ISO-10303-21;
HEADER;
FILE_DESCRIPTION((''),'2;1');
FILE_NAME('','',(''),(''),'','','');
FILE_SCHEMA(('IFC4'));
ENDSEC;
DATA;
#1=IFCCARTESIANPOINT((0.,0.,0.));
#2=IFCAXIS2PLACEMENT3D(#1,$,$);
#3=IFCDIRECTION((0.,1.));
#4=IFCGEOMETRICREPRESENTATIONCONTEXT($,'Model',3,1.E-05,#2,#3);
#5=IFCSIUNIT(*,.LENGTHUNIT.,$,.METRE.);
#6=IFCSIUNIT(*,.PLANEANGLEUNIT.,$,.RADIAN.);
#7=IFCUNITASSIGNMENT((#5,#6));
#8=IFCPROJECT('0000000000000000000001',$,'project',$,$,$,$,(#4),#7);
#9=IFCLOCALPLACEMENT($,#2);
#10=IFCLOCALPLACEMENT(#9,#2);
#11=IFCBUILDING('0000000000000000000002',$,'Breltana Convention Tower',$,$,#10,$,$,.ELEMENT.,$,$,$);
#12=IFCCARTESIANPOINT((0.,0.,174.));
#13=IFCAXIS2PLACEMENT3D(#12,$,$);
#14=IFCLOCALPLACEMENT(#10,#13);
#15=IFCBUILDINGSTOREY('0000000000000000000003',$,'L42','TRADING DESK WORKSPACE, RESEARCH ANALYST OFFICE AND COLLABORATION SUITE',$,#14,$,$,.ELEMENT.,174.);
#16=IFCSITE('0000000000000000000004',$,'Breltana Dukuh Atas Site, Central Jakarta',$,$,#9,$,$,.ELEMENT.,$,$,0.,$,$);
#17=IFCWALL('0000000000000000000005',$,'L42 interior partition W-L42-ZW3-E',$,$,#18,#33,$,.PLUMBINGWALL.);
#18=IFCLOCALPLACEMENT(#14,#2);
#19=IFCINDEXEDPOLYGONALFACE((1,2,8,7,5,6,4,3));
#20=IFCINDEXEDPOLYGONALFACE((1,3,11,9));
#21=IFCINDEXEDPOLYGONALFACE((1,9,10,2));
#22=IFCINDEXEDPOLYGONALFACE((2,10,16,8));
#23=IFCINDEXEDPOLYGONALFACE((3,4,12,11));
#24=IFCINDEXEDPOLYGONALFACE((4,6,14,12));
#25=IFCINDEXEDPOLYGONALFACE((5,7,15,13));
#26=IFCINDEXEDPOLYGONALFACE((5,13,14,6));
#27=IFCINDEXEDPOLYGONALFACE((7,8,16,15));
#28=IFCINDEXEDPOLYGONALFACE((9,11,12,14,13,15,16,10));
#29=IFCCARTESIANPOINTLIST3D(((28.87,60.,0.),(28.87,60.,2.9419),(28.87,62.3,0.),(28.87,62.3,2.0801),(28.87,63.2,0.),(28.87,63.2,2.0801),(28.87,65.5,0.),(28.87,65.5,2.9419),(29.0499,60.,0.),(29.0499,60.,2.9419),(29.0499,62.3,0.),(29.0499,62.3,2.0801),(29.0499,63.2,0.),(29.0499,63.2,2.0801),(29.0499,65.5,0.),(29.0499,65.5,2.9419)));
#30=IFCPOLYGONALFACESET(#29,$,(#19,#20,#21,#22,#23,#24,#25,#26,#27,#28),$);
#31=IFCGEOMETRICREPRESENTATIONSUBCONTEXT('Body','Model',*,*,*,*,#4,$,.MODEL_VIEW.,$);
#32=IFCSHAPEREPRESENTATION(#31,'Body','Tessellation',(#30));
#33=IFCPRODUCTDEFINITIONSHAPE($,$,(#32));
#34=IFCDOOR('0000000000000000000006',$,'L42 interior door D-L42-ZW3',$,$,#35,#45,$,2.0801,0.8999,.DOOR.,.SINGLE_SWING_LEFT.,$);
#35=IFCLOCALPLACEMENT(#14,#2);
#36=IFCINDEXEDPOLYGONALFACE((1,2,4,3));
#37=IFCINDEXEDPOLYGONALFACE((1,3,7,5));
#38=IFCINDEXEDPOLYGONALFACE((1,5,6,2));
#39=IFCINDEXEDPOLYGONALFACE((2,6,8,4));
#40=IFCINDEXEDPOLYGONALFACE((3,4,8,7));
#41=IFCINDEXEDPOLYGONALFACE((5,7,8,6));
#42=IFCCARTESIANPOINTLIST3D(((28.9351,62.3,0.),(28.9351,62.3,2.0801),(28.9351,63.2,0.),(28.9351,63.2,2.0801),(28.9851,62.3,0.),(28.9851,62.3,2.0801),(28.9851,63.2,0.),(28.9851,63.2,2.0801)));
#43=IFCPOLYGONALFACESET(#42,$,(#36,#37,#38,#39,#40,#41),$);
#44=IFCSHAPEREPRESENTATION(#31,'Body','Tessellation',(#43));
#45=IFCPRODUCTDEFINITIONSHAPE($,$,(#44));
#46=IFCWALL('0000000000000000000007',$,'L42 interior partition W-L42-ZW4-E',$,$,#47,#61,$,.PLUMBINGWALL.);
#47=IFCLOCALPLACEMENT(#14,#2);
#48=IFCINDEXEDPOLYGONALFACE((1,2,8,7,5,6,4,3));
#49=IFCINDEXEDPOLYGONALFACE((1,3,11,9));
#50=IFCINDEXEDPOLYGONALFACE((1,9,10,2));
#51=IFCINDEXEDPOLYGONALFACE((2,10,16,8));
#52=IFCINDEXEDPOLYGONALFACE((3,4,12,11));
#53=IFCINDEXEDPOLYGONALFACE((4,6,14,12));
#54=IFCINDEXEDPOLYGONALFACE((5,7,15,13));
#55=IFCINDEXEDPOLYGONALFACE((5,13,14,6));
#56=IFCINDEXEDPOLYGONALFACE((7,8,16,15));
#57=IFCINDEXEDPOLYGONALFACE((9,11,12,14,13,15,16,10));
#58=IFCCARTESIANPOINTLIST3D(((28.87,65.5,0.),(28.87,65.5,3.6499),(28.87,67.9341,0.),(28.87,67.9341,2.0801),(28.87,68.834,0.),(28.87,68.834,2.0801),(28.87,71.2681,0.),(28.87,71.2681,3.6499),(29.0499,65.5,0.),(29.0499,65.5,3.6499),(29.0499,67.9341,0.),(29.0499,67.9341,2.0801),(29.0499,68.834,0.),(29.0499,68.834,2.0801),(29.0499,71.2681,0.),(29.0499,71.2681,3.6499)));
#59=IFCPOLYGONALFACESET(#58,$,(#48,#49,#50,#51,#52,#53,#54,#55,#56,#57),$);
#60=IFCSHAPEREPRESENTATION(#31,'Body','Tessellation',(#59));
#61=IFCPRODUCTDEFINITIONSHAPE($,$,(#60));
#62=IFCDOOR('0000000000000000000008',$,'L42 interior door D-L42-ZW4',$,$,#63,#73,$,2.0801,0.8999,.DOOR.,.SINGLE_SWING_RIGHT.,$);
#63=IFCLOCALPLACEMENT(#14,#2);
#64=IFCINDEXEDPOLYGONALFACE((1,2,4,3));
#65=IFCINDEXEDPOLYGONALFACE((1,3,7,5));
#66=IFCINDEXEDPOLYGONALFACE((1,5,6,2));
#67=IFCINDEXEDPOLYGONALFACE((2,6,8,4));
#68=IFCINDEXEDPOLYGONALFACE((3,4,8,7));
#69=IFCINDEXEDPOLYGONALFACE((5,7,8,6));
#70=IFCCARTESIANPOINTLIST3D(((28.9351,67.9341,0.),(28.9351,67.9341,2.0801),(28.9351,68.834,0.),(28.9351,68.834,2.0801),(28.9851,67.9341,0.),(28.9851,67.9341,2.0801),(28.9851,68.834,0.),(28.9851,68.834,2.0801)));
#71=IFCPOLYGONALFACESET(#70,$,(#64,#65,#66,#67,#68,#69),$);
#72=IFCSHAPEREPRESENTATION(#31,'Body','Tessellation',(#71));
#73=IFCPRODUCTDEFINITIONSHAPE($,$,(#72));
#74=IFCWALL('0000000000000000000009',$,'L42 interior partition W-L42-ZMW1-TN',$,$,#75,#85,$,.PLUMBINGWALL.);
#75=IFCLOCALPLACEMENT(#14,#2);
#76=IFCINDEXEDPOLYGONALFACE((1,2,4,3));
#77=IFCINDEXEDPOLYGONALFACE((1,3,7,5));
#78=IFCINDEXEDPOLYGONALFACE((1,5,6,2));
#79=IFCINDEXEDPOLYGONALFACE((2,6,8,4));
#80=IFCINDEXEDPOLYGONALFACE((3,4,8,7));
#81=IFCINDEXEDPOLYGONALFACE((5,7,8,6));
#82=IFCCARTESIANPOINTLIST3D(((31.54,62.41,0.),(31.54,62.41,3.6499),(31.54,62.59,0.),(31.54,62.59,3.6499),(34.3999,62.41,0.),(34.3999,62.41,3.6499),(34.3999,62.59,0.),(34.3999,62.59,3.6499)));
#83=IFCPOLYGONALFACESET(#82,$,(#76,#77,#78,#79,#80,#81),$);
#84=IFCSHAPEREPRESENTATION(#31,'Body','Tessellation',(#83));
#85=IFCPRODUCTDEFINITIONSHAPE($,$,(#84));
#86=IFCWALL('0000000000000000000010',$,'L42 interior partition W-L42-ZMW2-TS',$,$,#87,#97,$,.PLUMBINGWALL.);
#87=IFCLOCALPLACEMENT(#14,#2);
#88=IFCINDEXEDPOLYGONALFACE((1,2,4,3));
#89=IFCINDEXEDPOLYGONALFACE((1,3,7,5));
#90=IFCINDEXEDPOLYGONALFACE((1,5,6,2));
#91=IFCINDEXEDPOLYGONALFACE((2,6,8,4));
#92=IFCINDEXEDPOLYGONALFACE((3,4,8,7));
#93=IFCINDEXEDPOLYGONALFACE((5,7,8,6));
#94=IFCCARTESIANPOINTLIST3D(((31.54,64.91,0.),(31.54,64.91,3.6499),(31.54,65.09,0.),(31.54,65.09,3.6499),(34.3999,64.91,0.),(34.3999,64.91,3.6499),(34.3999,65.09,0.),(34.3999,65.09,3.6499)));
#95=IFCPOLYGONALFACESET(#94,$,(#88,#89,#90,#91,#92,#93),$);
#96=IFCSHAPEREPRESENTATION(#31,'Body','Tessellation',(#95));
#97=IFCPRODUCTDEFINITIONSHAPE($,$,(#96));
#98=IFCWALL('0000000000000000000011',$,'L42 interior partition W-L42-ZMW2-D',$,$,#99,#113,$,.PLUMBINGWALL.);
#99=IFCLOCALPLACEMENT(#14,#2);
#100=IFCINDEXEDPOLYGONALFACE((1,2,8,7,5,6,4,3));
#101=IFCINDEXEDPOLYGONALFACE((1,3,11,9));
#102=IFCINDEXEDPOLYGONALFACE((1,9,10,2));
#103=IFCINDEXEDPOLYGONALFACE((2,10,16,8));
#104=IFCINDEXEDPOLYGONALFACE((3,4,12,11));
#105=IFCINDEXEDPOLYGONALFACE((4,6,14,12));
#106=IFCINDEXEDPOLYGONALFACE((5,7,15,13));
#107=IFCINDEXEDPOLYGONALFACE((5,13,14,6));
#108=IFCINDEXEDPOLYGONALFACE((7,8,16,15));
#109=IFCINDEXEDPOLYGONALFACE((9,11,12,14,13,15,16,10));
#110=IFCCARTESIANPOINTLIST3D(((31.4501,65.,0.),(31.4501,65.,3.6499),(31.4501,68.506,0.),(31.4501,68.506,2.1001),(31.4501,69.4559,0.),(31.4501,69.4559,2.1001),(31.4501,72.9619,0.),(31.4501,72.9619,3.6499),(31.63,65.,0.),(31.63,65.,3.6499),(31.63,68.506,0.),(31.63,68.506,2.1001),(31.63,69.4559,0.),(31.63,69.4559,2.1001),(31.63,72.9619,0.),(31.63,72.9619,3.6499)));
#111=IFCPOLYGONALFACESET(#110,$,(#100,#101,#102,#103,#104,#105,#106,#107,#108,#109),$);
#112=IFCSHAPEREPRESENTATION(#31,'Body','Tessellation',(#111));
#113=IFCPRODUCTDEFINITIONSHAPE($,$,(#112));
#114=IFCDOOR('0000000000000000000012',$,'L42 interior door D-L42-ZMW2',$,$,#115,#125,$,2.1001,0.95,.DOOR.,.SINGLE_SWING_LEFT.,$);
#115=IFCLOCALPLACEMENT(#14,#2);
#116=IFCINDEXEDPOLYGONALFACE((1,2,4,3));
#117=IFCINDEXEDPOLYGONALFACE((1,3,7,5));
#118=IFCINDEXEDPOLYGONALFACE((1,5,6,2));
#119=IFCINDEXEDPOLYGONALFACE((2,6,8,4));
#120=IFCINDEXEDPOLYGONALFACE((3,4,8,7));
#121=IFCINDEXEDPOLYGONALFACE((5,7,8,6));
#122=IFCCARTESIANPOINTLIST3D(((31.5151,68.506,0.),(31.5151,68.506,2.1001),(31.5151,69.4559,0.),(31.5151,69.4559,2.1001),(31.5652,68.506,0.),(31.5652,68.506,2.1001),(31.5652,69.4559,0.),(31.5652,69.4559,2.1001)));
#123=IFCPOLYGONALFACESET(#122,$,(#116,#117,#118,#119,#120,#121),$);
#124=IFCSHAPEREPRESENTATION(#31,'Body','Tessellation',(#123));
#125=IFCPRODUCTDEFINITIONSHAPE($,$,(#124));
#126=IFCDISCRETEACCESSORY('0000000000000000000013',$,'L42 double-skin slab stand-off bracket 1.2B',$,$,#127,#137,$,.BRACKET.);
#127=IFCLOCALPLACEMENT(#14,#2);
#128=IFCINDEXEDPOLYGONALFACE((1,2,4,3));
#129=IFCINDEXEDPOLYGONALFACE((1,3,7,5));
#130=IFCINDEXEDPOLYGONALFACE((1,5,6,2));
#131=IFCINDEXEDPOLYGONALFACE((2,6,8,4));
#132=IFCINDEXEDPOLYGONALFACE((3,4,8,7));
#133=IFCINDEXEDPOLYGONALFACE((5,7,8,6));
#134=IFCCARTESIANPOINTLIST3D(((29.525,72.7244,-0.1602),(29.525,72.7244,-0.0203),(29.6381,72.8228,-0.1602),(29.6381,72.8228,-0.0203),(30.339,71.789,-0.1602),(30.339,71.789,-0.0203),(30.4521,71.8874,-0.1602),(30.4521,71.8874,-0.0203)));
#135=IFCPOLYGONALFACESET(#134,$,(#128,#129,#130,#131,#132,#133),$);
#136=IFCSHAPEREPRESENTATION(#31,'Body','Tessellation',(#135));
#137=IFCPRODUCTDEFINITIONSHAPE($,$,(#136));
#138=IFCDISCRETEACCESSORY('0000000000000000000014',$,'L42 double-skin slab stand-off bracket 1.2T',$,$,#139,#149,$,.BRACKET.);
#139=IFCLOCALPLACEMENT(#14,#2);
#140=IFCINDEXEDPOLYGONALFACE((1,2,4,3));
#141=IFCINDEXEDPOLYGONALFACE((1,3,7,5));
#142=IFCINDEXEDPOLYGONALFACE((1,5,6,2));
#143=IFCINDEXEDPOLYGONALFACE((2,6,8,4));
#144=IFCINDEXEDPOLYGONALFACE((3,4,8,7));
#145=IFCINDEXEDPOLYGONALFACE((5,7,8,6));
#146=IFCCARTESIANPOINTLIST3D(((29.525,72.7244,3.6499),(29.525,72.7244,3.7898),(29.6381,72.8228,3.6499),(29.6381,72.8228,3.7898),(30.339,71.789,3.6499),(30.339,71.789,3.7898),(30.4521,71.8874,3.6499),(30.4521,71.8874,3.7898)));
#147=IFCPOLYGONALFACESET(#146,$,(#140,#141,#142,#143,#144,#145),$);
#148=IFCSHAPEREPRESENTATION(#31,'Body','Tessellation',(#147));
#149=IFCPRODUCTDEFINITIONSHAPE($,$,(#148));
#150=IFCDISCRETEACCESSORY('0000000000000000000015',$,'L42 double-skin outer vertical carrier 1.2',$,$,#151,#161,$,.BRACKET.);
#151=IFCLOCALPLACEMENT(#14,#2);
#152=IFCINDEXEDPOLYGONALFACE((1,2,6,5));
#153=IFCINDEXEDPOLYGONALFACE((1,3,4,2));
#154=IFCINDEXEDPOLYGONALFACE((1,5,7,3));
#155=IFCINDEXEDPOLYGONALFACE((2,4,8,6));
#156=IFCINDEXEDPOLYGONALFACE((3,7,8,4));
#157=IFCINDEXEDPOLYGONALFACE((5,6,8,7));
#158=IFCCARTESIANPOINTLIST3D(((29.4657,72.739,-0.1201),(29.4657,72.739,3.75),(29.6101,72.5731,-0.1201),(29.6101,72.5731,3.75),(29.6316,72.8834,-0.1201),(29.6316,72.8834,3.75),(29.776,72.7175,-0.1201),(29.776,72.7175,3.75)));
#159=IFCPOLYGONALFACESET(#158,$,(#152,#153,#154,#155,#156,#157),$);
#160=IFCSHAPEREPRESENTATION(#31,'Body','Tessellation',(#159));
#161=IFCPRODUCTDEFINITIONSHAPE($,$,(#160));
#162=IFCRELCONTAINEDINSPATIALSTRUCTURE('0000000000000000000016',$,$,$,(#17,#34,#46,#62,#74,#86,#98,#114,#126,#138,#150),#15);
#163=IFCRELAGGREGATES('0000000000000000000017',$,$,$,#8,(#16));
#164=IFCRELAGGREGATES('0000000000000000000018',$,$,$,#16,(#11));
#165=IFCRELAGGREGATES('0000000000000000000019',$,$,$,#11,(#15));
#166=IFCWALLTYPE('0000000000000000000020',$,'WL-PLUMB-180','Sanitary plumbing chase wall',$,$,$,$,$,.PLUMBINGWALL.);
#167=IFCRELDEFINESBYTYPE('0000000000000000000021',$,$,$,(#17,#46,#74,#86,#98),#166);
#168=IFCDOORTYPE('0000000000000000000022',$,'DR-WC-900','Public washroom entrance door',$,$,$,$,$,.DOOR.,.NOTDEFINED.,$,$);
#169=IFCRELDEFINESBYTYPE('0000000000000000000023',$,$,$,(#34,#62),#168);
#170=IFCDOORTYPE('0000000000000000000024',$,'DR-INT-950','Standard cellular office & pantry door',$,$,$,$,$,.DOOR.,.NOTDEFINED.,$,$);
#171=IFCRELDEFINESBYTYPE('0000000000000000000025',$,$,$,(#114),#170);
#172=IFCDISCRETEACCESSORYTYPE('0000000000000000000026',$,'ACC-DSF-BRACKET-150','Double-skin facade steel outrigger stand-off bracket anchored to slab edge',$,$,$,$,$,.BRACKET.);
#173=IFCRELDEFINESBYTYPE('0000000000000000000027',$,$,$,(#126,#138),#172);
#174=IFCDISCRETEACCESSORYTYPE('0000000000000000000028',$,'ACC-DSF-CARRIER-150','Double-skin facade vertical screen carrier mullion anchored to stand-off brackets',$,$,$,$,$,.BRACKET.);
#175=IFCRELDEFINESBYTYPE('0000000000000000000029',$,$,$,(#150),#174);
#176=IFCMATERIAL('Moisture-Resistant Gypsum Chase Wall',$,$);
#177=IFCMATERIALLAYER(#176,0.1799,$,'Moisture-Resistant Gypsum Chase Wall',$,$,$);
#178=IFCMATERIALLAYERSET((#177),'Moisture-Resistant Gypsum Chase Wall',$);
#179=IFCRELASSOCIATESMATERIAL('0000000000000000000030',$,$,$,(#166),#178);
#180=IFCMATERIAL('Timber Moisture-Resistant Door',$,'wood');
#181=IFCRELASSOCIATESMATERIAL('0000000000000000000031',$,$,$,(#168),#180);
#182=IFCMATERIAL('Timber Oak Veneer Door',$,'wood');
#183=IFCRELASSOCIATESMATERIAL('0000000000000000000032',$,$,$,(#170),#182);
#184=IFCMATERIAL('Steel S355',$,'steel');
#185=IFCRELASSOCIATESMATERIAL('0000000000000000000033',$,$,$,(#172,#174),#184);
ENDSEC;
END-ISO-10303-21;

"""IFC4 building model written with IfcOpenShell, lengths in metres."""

from ifc_helpers import new_model, si_unit, direction, frame, frame_2d, origin, origin_2d, place, context, subcontext, project, spatial, rectangle, extrude, source, transform, mapped, material, layer, layer_set, type_object, type_shapes, element, fill, save


model = new_model("IFC4")

# Units and contexts
model_context = context("Model", 3, precision=1e-05, world=origin(), true_north=direction((0.0, 1.0)))
body_context = subcontext(model_context, "Body", "Model", "MODEL_VIEW")
ifc_project = project(units=[si_unit("LENGTHUNIT", "METRE"), si_unit("PLANEANGLEUNIT", "RADIAN")], contexts=[model_context])

# Site, building, storey
site_placement = place(None, origin())
site = spatial("IfcSite", under=ifc_project, at=site_placement, Name="Breltana Dukuh Atas Site, Central Jakarta", CompositionType="ELEMENT", RefElevation=0.0)
building_placement = place(site_placement, origin())
building = spatial("IfcBuilding", under=site, at=building_placement, Name="Breltana Convention Tower", CompositionType="ELEMENT")
storey_placement = place(building_placement, frame((0.0, 0.0, 174.0)))
storey = spatial("IfcBuildingStorey", under=building, at=storey_placement, Name="L42", Description="TRADING DESK WORKSPACE, RESEARCH ANALYST OFFICE AND COLLABORATION SUITE", CompositionType="ELEMENT", Elevation=174.0)

# Shared definitions
ifc_material_1 = material(Name="Moisture-Resistant Gypsum Chase Wall")
ifc_layer_1 = layer(ifc_material_1, 0.1799, Name="Moisture-Resistant Gypsum Chase Wall")
ifc_layer_set_1 = layer_set([ifc_layer_1], Name="Moisture-Resistant Gypsum Chase Wall")
wall_type_1 = type_object("IfcWallType", Name="WL-PLUMB-180", Description="Sanitary plumbing chase wall", PredefinedType="PLUMBINGWALL", material=ifc_layer_set_1)

# Walls, openings, doors
shared_shape_1 = source(origin(), body_context, "Body", "SweptSolid", [
    extrude(rectangle(XDim=5.5, YDim=0.1799, at=frame_2d((2.75, 0.0))), origin(), (0.0, 0.0, 1.0), 2.9419),
])
wall_1_placement = place(storey_placement, frame((28.96, 60.0, 0.0), z_axis=(0.0, 0.0, 1.0), x_axis=(0.0, 1.0, 0.0)))
wall_1 = element("IfcWall", 1, at=wall_1_placement, inside=storey, type_object=wall_type_1, Name="L42 interior partition W-L42-ZW3-E", PredefinedType="PLUMBINGWALL", context=body_context, shape_type="MappedRepresentation", body=[
    mapped(shared_shape_1, transform((0.0, 0.0, 0.0), scale=1.0)),
])
opening_1_placement = place(wall_1_placement, frame((2.3, 0.0, 0.0)))
opening_1 = element("IfcOpeningElement", 2, at=opening_1_placement, cuts=wall_1, PredefinedType="OPENING", context=body_context, shape_type="SweptSolid", body=[
    extrude(rectangle(XDim=0.8999, YDim=2.0801, at=frame_2d((0.45, 1.04))), frame((0.0, 0.1001, 0.0), z_axis=(0.0, -1.0, 0.0), x_axis=(1.0, 0.0, 0.0)), (0.0, 0.0, 1.0), 0.2),
])
ifc_material_2 = material(Name="Timber Moisture-Resistant Door", Category="wood")
door_type_1 = type_object("IfcDoorType", Name="DR-WC-900", Description="Public washroom entrance door", OperationType="NOTDEFINED", PredefinedType="DOOR", material=ifc_material_2)
shared_shape_2 = source(origin(), body_context, "Body", "SweptSolid", [
    extrude(rectangle(XDim=0.8999, YDim=2.0801, at=frame_2d((0.45, 1.04))), frame((0.0, 0.0249, 0.0), z_axis=(0.0, -1.0, 0.0), x_axis=(1.0, 0.0, 0.0)), (0.0, 0.0, 1.0), 0.05),
])
type_shapes(door_type_1, [shared_shape_2])
door_1_placement = place(opening_1_placement, origin())
door_1 = element("IfcDoor", 3, at=door_1_placement, inside=storey, type_object=door_type_1, Name="L42 interior door D-L42-ZW3", OperationType="SINGLE_SWING_LEFT", OverallHeight=2.0801, OverallWidth=0.8999, PredefinedType="DOOR", context=body_context, shape_type="MappedRepresentation", body=[
    mapped(shared_shape_2, transform((0.0, 0.0, 0.0), scale=1.0)),
])
fill(opening_1, door_1)
shared_shape_3 = source(origin(), body_context, "Body", "SweptSolid", [
    extrude(rectangle(XDim=5.7681, YDim=0.1799, at=frame_2d((2.884, 0.0))), origin(), (0.0, 0.0, 1.0), 3.6499),
])
wall_2_placement = place(storey_placement, frame((28.96, 65.5, 0.0), z_axis=(0.0, 0.0, 1.0), x_axis=(0.0, 1.0, 0.0)))
wall_2 = element("IfcWall", 4, at=wall_2_placement, inside=storey, type_object=wall_type_1, Name="L42 interior partition W-L42-ZW4-E", PredefinedType="PLUMBINGWALL", context=body_context, shape_type="MappedRepresentation", body=[
    mapped(shared_shape_3, transform((0.0, 0.0, 0.0), scale=1.0)),
])
opening_2_placement = place(wall_2_placement, frame((2.4341, 0.0, 0.0)))
opening_2 = element("IfcOpeningElement", 5, at=opening_2_placement, cuts=wall_2, PredefinedType="OPENING", context=body_context, shape_type="SweptSolid", body=[
    extrude(rectangle(XDim=0.8999, YDim=2.0801, at=frame_2d((0.45, 1.04))), frame((0.0, 0.1001, 0.0), z_axis=(0.0, -1.0, 0.0), x_axis=(1.0, 0.0, 0.0)), (0.0, 0.0, 1.0), 0.2),
])
door_2_placement = place(opening_2_placement, origin())
door_2 = element("IfcDoor", 6, at=door_2_placement, inside=storey, type_object=door_type_1, Name="L42 interior door D-L42-ZW4", OperationType="SINGLE_SWING_RIGHT", OverallHeight=2.0801, OverallWidth=0.8999, PredefinedType="DOOR", context=body_context, shape_type="MappedRepresentation", body=[
    mapped(shared_shape_2, transform((0.0, 0.0, 0.0), scale=1.0)),
])
fill(opening_2, door_2)

# Walls
shared_shape_4 = source(origin(), body_context, "Body", "SweptSolid", [
    extrude(rectangle(XDim=2.8599, YDim=0.1799, at=frame_2d((1.4299, 0.0))), origin(), (0.0, 0.0, 1.0), 3.6499),
])
for number, where, z_axis, x_axis, name in (
    (7, (31.54, 62.5, 0.0), (0.0, 0.0, 1.0), (1.0, 0.0, 0.0), "L42 interior partition W-L42-ZMW1-TN"),
    (8, (31.54, 65.0, 0.0), (0.0, 0.0, 1.0), (1.0, 0.0, 0.0), "L42 interior partition W-L42-ZMW2-TS"),
):
    element("IfcWall", number, at=place(storey_placement, frame(where, z_axis=z_axis, x_axis=x_axis)), inside=storey, type_object=wall_type_1, Name=name, PredefinedType="PLUMBINGWALL", context=body_context, shape_type="MappedRepresentation", body=[
        mapped(shared_shape_4, transform((0.0, 0.0, 0.0), scale=1.0)),
    ])

# Wall, opening, door
shared_shape_5 = source(origin(), body_context, "Body", "SweptSolid", [
    extrude(rectangle(XDim=7.9619, YDim=0.1799, at=frame_2d((3.981, 0.0))), origin(), (0.0, 0.0, 1.0), 3.6499),
])
wall_3_placement = place(storey_placement, frame((31.54, 65.0, 0.0), z_axis=(0.0, 0.0, 1.0), x_axis=(0.0, 1.0, 0.0)))
wall_3 = element("IfcWall", 9, at=wall_3_placement, inside=storey, type_object=wall_type_1, Name="L42 interior partition W-L42-ZMW2-D", PredefinedType="PLUMBINGWALL", context=body_context, shape_type="MappedRepresentation", body=[
    mapped(shared_shape_5, transform((0.0, 0.0, 0.0), scale=1.0)),
])
opening_3_placement = place(wall_3_placement, frame((3.5059, 0.0, 0.0)))
opening_3 = element("IfcOpeningElement", 10, at=opening_3_placement, cuts=wall_3, PredefinedType="OPENING", context=body_context, shape_type="SweptSolid", body=[
    extrude(rectangle(XDim=0.95, YDim=2.1001, at=frame_2d((0.4751, 1.05))), frame((0.0, 0.1001, 0.0), z_axis=(0.0, -1.0, 0.0), x_axis=(1.0, 0.0, 0.0)), (0.0, 0.0, 1.0), 0.2),
])
ifc_material_3 = material(Name="Timber Oak Veneer Door", Category="wood")
door_type_2 = type_object("IfcDoorType", Name="DR-INT-950", Description="Standard cellular office & pantry door", OperationType="NOTDEFINED", PredefinedType="DOOR", material=ifc_material_3)
shared_shape_6 = source(origin(), body_context, "Body", "SweptSolid", [
    extrude(rectangle(XDim=0.95, YDim=2.1001, at=frame_2d((0.4751, 1.05))), frame((0.0, 0.0249, 0.0), z_axis=(0.0, -1.0, 0.0), x_axis=(1.0, 0.0, 0.0)), (0.0, 0.0, 1.0), 0.05),
])
type_shapes(door_type_2, [shared_shape_6])
door_3_placement = place(opening_3_placement, origin())
door_3 = element("IfcDoor", 11, at=door_3_placement, inside=storey, type_object=door_type_2, Name="L42 interior door D-L42-ZMW2", OperationType="SINGLE_SWING_LEFT", OverallHeight=2.1001, OverallWidth=0.95, PredefinedType="DOOR", context=body_context, shape_type="MappedRepresentation", body=[
    mapped(shared_shape_6, transform((0.0, 0.0, 0.0), scale=1.0)),
])
fill(opening_3, door_3)

# Discrete accessories
ifc_material_4 = material(Name="Steel S355", Category="steel")
discrete_accessory_type_1 = type_object("IfcDiscreteAccessoryType", Name="ACC-DSF-BRACKET-150", Description="Double-skin facade steel outrigger stand-off bracket anchored to slab edge", PredefinedType="BRACKET", material=ifc_material_4)
shared_shape_7 = source(origin(), body_context, "Body", "SweptSolid", [
    extrude(rectangle(XDim=1.24, YDim=0.1499, at=origin_2d()), origin(), (0.0, 0.0, 1.0), 0.1399),
])
type_shapes(discrete_accessory_type_1, [shared_shape_7])
for number, where, z_axis, x_axis, name in (
    (12, (29.9885, 72.3059, -0.1602), (0.0, 0.0, 1.0), (-0.656456, 0.754365, 0.0), "L42 double-skin slab stand-off bracket 1.2B"),
    (13, (29.9885, 72.3059, 3.6499), (0.0, 0.0, 1.0), (-0.656456, 0.754365, 0.0), "L42 double-skin slab stand-off bracket 1.2T"),
):
    element("IfcDiscreteAccessory", number, at=place(storey_placement, frame(where, z_axis=z_axis, x_axis=x_axis)), inside=storey, type_object=discrete_accessory_type_1, Name=name, PredefinedType="BRACKET", context=body_context, shape_type="MappedRepresentation", body=[
        mapped(shared_shape_7, transform((0.0, 0.0, 0.0), scale=1.0)),
    ])
discrete_accessory_type_2 = type_object("IfcDiscreteAccessoryType", Name="ACC-DSF-CARRIER-150", Description="Double-skin facade vertical screen carrier mullion anchored to stand-off brackets", PredefinedType="BRACKET", material=ifc_material_4)
shared_shape_8 = source(origin(), body_context, "Body", "SweptSolid", [
    extrude(rectangle(XDim=0.22, YDim=0.22, at=origin_2d()), origin(), (0.0, 0.0, 1.0), 3.8701),
])
discrete_accessory_placement = place(storey_placement, frame((29.6208, 72.7283, -0.1201), z_axis=(0.0, 0.0, 1.0), x_axis=(-0.656456, 0.754365, 0.0)))
element("IfcDiscreteAccessory", 14, at=discrete_accessory_placement, inside=storey, type_object=discrete_accessory_type_2, Name="L42 double-skin outer vertical carrier 1.2", PredefinedType="BRACKET", context=body_context, shape_type="MappedRepresentation", body=[
    mapped(shared_shape_8, transform((0.0, 0.0, 0.0), scale=1.0)),
])

save(model, "model.ifc")
